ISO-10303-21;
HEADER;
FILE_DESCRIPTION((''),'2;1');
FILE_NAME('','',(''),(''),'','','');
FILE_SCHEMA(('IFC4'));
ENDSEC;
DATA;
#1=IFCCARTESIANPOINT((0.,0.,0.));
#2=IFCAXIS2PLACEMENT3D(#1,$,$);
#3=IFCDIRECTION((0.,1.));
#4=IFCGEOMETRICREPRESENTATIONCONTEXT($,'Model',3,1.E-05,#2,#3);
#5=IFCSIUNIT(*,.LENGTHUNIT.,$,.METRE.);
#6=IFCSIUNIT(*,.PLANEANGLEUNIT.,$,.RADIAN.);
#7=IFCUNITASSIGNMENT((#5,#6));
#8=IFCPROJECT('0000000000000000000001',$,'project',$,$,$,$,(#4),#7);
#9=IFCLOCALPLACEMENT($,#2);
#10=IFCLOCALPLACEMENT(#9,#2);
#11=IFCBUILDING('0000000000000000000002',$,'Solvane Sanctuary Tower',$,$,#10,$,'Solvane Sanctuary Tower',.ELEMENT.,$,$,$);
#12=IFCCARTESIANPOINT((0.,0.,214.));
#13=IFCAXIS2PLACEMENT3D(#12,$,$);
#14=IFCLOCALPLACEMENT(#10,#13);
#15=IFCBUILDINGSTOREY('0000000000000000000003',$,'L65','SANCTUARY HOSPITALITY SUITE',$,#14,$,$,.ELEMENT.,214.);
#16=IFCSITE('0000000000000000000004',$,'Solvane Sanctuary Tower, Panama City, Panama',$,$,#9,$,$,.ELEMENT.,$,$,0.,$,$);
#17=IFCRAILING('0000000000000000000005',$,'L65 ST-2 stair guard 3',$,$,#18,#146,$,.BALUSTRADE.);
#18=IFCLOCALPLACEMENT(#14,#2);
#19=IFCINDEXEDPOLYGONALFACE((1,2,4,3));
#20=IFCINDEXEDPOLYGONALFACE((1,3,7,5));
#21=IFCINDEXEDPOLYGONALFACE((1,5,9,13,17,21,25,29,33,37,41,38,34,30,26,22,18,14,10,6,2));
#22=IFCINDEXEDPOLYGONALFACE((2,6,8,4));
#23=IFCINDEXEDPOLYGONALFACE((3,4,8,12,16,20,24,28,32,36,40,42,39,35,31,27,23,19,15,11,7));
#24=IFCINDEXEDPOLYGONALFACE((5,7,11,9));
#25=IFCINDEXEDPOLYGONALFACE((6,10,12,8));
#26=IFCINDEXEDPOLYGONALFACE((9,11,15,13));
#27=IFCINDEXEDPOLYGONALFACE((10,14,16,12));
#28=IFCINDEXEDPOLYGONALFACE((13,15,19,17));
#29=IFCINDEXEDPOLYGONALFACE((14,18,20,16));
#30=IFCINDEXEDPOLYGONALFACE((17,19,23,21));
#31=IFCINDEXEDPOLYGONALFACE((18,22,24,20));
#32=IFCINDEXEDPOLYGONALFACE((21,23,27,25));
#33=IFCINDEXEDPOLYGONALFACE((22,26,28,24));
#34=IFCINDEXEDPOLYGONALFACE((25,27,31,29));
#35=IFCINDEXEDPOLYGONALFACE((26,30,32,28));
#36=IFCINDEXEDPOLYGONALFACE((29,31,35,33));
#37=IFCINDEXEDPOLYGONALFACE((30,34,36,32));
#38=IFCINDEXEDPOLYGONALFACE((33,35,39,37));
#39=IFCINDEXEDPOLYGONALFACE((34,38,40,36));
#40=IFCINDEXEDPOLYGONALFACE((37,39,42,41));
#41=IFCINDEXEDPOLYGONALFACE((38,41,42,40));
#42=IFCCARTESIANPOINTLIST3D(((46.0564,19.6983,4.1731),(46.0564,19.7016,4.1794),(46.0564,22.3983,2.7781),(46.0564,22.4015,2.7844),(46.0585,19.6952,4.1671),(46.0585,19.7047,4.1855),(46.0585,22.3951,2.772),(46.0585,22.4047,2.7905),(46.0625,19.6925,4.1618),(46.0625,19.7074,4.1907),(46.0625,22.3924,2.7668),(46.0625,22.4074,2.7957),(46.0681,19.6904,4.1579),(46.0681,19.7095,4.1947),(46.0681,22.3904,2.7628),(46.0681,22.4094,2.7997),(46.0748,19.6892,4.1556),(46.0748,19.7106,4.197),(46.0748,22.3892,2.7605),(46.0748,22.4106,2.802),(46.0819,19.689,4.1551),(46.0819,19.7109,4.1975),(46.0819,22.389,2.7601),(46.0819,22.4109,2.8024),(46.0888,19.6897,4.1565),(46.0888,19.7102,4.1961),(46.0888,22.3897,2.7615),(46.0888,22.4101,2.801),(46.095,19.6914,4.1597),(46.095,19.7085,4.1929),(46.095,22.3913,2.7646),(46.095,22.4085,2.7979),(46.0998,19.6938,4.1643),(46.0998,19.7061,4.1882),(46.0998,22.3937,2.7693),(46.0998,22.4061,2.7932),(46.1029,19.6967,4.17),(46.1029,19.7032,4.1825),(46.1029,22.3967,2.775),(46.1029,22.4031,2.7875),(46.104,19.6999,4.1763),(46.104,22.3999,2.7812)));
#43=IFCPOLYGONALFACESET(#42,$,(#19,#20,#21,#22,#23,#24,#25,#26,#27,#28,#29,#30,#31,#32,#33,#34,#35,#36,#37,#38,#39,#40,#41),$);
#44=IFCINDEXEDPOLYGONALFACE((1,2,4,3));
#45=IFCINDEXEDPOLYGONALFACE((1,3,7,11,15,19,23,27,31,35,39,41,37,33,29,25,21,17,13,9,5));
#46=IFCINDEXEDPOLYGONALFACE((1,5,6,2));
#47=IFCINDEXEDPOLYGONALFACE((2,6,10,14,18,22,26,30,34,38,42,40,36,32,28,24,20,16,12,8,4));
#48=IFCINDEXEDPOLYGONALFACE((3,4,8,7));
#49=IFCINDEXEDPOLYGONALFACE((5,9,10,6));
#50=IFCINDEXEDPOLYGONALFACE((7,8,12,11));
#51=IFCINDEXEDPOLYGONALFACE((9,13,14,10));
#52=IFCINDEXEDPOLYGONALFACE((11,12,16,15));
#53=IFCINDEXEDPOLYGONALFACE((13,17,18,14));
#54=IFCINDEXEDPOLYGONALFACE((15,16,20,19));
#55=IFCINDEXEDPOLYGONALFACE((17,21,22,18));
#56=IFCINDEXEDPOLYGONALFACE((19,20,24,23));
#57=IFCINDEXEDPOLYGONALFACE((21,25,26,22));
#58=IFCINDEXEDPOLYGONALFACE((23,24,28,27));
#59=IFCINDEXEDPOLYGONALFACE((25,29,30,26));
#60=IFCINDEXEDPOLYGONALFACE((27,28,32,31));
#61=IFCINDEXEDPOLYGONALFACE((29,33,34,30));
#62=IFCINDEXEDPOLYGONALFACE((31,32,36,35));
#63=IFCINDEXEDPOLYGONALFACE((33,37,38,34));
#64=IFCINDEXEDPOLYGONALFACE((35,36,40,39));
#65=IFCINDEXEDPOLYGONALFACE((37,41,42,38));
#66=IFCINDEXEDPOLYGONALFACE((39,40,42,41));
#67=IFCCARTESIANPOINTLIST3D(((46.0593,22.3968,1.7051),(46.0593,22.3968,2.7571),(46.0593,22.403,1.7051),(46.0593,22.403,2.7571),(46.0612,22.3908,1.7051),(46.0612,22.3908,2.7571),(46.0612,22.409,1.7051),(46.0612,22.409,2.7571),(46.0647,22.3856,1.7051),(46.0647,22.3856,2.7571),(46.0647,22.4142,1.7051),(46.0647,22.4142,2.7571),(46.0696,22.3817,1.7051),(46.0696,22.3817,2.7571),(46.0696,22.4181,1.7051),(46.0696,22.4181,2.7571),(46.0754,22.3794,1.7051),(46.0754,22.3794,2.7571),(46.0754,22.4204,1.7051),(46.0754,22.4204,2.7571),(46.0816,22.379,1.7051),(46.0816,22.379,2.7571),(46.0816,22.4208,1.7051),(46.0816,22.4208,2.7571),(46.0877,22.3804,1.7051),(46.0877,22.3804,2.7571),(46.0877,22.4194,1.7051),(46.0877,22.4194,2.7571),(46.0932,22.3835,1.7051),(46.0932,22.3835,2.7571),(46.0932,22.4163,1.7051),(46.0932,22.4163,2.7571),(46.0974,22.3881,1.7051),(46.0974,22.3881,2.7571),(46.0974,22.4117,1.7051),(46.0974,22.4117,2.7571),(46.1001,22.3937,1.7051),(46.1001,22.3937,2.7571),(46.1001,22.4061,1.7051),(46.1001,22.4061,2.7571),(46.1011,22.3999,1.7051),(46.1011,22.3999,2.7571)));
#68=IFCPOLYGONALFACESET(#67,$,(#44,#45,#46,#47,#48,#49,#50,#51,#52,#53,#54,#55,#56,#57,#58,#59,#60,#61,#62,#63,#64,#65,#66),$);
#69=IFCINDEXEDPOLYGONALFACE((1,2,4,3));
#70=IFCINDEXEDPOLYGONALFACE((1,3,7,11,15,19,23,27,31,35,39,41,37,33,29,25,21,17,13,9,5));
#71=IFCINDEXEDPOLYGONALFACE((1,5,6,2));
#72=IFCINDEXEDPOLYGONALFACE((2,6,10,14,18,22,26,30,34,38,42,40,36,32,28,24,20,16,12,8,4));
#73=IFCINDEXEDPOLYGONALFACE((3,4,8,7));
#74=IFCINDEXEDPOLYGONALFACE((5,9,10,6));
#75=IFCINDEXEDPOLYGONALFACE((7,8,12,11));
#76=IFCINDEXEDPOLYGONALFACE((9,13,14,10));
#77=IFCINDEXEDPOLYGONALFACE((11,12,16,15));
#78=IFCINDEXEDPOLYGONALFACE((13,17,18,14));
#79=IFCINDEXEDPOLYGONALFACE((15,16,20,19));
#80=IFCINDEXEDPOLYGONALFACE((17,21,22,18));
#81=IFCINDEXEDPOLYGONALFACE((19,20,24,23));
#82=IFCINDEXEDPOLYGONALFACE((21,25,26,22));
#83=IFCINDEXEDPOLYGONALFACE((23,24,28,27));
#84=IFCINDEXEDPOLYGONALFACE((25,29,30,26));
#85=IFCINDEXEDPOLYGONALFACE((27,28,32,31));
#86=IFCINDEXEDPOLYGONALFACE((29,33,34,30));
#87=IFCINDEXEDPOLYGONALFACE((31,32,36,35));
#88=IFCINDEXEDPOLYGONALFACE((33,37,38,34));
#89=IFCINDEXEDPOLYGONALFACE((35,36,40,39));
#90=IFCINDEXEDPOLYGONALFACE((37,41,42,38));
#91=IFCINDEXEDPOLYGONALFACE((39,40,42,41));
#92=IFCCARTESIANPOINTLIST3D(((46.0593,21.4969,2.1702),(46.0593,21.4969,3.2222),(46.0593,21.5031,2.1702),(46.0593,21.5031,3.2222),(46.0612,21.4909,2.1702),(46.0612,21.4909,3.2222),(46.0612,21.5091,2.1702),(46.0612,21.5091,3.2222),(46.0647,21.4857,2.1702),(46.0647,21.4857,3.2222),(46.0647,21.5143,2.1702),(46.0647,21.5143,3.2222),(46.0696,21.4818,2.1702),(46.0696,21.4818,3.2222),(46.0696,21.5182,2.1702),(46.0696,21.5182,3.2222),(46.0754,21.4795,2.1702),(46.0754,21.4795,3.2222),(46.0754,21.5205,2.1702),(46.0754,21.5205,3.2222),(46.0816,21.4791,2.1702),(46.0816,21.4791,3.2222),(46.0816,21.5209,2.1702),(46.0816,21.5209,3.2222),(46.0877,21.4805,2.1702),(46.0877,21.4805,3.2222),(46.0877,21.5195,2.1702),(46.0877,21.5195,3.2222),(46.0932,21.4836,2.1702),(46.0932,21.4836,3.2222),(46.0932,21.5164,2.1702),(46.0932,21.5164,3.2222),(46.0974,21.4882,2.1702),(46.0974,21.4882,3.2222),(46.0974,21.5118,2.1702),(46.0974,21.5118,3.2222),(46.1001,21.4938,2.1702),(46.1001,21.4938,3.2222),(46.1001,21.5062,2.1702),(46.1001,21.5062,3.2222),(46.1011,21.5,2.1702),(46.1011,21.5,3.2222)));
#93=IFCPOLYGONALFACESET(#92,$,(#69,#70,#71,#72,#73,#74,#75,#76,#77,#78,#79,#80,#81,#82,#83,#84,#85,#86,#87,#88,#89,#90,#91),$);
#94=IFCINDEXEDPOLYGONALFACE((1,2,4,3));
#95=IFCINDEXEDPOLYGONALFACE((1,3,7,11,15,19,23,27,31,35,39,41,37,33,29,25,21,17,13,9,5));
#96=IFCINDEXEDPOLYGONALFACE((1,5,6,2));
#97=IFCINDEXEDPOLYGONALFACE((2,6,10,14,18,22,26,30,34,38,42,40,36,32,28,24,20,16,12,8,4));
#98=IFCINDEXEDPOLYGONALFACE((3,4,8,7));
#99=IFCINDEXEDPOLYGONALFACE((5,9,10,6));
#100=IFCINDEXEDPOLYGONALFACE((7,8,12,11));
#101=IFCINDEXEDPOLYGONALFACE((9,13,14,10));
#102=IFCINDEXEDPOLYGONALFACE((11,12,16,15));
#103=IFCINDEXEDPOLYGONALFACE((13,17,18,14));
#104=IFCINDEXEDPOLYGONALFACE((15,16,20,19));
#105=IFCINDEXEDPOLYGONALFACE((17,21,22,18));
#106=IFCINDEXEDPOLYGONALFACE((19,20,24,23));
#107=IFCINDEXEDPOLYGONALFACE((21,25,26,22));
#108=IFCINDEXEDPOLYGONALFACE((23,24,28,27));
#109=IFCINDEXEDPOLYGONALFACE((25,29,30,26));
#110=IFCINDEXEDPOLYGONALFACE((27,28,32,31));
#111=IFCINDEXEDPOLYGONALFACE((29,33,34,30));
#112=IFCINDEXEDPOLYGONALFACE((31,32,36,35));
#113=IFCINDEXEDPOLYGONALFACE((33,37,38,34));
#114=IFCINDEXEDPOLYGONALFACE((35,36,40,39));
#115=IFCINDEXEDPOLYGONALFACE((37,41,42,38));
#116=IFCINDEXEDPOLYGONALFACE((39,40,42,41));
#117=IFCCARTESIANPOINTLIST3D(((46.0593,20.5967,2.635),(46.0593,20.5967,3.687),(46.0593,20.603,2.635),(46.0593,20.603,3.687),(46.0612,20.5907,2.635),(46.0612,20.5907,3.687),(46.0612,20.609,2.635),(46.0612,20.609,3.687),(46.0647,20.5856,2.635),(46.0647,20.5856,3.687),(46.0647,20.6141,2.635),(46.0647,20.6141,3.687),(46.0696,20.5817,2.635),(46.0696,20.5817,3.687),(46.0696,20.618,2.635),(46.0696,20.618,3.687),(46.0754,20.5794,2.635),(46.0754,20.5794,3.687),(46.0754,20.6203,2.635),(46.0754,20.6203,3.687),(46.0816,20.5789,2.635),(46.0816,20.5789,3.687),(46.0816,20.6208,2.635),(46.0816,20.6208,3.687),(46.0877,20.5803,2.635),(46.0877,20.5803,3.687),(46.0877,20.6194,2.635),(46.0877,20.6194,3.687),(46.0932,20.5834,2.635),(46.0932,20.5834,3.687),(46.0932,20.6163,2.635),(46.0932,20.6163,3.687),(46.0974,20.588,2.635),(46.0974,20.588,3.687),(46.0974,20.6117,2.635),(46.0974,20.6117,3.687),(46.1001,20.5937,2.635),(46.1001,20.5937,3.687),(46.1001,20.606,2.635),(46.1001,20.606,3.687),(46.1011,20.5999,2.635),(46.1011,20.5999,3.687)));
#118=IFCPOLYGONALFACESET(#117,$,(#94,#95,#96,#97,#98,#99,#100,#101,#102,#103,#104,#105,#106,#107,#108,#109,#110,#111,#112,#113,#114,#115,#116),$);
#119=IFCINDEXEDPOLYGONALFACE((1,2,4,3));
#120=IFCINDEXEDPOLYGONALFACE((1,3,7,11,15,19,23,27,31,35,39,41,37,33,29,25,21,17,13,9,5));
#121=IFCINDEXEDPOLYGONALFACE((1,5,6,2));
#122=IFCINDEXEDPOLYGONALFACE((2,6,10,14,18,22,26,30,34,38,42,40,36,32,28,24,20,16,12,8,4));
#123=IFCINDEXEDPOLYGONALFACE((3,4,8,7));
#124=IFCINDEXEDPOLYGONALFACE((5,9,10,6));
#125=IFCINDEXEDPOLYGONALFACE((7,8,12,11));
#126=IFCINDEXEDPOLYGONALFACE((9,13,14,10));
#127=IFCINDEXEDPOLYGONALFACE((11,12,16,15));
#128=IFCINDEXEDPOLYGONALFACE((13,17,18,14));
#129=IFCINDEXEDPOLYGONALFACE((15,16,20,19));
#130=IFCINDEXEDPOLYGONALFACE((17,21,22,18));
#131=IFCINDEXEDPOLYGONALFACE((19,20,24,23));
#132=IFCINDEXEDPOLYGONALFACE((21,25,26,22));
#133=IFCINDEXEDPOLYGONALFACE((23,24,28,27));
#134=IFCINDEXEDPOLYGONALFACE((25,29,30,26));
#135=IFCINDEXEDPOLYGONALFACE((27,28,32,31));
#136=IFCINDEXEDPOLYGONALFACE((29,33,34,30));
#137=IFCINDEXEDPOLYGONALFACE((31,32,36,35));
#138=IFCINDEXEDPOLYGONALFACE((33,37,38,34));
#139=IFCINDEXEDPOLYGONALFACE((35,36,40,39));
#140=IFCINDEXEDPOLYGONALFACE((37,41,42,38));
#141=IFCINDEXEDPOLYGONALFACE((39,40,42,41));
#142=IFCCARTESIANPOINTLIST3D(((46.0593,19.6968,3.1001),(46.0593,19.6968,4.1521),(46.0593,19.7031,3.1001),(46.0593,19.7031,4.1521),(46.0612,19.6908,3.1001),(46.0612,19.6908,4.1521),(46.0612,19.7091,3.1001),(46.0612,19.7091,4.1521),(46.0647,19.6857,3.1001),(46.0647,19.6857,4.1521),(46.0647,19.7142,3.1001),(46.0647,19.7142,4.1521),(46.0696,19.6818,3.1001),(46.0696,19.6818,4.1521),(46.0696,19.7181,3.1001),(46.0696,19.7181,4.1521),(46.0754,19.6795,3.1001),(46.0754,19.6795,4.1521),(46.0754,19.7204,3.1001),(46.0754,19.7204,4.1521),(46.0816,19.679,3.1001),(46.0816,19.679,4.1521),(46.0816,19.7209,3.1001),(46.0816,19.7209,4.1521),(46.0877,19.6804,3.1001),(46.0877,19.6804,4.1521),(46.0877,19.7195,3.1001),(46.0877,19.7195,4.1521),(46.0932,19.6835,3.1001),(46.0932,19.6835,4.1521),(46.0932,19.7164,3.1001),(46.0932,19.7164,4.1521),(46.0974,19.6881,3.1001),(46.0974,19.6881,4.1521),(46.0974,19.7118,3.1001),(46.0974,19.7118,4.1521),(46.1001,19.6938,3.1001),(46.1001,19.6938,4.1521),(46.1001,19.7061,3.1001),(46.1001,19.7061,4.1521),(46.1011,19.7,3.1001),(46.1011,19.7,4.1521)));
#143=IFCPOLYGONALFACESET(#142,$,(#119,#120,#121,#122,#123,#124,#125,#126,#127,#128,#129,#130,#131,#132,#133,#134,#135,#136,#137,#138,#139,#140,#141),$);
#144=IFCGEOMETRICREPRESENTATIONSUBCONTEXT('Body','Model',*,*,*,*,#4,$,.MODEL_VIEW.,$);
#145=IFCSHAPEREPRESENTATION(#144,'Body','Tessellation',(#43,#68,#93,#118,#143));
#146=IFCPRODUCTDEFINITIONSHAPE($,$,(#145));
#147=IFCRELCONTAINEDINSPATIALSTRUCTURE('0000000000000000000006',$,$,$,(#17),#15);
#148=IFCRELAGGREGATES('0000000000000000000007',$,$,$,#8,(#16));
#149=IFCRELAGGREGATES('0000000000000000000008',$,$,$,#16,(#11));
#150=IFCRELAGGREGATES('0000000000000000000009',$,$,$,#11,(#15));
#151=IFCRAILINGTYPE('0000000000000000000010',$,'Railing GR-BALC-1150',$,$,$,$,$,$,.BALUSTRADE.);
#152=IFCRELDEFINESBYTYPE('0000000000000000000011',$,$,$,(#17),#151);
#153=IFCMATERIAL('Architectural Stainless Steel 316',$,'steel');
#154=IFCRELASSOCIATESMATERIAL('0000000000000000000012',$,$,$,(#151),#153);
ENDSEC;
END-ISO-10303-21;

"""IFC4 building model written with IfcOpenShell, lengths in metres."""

from ifc_helpers import new_model, si_unit, direction, frame, origin, origin_2d, place, context, subcontext, project, spatial, circle, extrude, material, type_object, element, save


model = new_model("IFC4")

# Units and contexts
model_context = context("Model", 3, precision=1e-05, world=origin(), true_north=direction((0.0, 1.0)))
body_context = subcontext(model_context, "Body", "Model", "MODEL_VIEW")
ifc_project = project(units=[si_unit("LENGTHUNIT", "METRE"), si_unit("PLANEANGLEUNIT", "RADIAN")], contexts=[model_context])

# Site, building, storey
site_placement = place(None, origin())
site = spatial("IfcSite", under=ifc_project, at=site_placement, Name="Solvane Sanctuary Tower, Panama City, Panama", CompositionType="ELEMENT", RefElevation=0.0)
building_placement = place(site_placement, origin())
building = spatial("IfcBuilding", under=site, at=building_placement, Name="Solvane Sanctuary Tower", LongName="Solvane Sanctuary Tower", CompositionType="ELEMENT")
storey_placement = place(building_placement, frame((0.0, 0.0, 214.0)))
storey = spatial("IfcBuildingStorey", under=building, at=storey_placement, Name="L65", Description="SANCTUARY HOSPITALITY SUITE", CompositionType="ELEMENT", Elevation=214.0)

# Shared definitions
ifc_material_1 = material(Name="Architectural Stainless Steel 316", Category="steel")

# Railing
railing_type_1 = type_object("IfcRailingType", Name="Railing GR-BALC-1150", PredefinedType="BALUSTRADE", material=ifc_material_1)
railing_1_placement = place(storey_placement, frame((46.0801, 22.3999, 1.7051)))
element("IfcRailing", 1, at=railing_1_placement, inside=storey, type_object=railing_type_1, Name="L65 ST-2 stair guard 3", PredefinedType="BALUSTRADE", context=body_context, shape_type="SweptSolid", body=[
    extrude(circle(Radius=0.0239, at=origin_2d()), frame((0.0, 0.0, 1.0762), z_axis=(0.0, -0.88842, 0.459032), x_axis=(1.0, 0.0, 0.0)), (0.0, 0.0, 1.0), 3.0391),
    extrude(circle(Radius=0.021, at=origin_2d()), origin(), (0.0, 0.0, 1.0), 1.052),
    extrude(circle(Radius=0.021, at=origin_2d()), frame((0.0, -0.8999, 0.4651)), (0.0, 0.0, 1.0), 1.052),
    extrude(circle(Radius=0.021, at=origin_2d()), frame((0.0, -1.8, 0.9299)), (0.0, 0.0, 1.0), 1.052),
    extrude(circle(Radius=0.021, at=origin_2d()), frame((0.0, -2.7, 1.395)), (0.0, 0.0, 1.0), 1.052),
])

save(model, "model.ifc")
